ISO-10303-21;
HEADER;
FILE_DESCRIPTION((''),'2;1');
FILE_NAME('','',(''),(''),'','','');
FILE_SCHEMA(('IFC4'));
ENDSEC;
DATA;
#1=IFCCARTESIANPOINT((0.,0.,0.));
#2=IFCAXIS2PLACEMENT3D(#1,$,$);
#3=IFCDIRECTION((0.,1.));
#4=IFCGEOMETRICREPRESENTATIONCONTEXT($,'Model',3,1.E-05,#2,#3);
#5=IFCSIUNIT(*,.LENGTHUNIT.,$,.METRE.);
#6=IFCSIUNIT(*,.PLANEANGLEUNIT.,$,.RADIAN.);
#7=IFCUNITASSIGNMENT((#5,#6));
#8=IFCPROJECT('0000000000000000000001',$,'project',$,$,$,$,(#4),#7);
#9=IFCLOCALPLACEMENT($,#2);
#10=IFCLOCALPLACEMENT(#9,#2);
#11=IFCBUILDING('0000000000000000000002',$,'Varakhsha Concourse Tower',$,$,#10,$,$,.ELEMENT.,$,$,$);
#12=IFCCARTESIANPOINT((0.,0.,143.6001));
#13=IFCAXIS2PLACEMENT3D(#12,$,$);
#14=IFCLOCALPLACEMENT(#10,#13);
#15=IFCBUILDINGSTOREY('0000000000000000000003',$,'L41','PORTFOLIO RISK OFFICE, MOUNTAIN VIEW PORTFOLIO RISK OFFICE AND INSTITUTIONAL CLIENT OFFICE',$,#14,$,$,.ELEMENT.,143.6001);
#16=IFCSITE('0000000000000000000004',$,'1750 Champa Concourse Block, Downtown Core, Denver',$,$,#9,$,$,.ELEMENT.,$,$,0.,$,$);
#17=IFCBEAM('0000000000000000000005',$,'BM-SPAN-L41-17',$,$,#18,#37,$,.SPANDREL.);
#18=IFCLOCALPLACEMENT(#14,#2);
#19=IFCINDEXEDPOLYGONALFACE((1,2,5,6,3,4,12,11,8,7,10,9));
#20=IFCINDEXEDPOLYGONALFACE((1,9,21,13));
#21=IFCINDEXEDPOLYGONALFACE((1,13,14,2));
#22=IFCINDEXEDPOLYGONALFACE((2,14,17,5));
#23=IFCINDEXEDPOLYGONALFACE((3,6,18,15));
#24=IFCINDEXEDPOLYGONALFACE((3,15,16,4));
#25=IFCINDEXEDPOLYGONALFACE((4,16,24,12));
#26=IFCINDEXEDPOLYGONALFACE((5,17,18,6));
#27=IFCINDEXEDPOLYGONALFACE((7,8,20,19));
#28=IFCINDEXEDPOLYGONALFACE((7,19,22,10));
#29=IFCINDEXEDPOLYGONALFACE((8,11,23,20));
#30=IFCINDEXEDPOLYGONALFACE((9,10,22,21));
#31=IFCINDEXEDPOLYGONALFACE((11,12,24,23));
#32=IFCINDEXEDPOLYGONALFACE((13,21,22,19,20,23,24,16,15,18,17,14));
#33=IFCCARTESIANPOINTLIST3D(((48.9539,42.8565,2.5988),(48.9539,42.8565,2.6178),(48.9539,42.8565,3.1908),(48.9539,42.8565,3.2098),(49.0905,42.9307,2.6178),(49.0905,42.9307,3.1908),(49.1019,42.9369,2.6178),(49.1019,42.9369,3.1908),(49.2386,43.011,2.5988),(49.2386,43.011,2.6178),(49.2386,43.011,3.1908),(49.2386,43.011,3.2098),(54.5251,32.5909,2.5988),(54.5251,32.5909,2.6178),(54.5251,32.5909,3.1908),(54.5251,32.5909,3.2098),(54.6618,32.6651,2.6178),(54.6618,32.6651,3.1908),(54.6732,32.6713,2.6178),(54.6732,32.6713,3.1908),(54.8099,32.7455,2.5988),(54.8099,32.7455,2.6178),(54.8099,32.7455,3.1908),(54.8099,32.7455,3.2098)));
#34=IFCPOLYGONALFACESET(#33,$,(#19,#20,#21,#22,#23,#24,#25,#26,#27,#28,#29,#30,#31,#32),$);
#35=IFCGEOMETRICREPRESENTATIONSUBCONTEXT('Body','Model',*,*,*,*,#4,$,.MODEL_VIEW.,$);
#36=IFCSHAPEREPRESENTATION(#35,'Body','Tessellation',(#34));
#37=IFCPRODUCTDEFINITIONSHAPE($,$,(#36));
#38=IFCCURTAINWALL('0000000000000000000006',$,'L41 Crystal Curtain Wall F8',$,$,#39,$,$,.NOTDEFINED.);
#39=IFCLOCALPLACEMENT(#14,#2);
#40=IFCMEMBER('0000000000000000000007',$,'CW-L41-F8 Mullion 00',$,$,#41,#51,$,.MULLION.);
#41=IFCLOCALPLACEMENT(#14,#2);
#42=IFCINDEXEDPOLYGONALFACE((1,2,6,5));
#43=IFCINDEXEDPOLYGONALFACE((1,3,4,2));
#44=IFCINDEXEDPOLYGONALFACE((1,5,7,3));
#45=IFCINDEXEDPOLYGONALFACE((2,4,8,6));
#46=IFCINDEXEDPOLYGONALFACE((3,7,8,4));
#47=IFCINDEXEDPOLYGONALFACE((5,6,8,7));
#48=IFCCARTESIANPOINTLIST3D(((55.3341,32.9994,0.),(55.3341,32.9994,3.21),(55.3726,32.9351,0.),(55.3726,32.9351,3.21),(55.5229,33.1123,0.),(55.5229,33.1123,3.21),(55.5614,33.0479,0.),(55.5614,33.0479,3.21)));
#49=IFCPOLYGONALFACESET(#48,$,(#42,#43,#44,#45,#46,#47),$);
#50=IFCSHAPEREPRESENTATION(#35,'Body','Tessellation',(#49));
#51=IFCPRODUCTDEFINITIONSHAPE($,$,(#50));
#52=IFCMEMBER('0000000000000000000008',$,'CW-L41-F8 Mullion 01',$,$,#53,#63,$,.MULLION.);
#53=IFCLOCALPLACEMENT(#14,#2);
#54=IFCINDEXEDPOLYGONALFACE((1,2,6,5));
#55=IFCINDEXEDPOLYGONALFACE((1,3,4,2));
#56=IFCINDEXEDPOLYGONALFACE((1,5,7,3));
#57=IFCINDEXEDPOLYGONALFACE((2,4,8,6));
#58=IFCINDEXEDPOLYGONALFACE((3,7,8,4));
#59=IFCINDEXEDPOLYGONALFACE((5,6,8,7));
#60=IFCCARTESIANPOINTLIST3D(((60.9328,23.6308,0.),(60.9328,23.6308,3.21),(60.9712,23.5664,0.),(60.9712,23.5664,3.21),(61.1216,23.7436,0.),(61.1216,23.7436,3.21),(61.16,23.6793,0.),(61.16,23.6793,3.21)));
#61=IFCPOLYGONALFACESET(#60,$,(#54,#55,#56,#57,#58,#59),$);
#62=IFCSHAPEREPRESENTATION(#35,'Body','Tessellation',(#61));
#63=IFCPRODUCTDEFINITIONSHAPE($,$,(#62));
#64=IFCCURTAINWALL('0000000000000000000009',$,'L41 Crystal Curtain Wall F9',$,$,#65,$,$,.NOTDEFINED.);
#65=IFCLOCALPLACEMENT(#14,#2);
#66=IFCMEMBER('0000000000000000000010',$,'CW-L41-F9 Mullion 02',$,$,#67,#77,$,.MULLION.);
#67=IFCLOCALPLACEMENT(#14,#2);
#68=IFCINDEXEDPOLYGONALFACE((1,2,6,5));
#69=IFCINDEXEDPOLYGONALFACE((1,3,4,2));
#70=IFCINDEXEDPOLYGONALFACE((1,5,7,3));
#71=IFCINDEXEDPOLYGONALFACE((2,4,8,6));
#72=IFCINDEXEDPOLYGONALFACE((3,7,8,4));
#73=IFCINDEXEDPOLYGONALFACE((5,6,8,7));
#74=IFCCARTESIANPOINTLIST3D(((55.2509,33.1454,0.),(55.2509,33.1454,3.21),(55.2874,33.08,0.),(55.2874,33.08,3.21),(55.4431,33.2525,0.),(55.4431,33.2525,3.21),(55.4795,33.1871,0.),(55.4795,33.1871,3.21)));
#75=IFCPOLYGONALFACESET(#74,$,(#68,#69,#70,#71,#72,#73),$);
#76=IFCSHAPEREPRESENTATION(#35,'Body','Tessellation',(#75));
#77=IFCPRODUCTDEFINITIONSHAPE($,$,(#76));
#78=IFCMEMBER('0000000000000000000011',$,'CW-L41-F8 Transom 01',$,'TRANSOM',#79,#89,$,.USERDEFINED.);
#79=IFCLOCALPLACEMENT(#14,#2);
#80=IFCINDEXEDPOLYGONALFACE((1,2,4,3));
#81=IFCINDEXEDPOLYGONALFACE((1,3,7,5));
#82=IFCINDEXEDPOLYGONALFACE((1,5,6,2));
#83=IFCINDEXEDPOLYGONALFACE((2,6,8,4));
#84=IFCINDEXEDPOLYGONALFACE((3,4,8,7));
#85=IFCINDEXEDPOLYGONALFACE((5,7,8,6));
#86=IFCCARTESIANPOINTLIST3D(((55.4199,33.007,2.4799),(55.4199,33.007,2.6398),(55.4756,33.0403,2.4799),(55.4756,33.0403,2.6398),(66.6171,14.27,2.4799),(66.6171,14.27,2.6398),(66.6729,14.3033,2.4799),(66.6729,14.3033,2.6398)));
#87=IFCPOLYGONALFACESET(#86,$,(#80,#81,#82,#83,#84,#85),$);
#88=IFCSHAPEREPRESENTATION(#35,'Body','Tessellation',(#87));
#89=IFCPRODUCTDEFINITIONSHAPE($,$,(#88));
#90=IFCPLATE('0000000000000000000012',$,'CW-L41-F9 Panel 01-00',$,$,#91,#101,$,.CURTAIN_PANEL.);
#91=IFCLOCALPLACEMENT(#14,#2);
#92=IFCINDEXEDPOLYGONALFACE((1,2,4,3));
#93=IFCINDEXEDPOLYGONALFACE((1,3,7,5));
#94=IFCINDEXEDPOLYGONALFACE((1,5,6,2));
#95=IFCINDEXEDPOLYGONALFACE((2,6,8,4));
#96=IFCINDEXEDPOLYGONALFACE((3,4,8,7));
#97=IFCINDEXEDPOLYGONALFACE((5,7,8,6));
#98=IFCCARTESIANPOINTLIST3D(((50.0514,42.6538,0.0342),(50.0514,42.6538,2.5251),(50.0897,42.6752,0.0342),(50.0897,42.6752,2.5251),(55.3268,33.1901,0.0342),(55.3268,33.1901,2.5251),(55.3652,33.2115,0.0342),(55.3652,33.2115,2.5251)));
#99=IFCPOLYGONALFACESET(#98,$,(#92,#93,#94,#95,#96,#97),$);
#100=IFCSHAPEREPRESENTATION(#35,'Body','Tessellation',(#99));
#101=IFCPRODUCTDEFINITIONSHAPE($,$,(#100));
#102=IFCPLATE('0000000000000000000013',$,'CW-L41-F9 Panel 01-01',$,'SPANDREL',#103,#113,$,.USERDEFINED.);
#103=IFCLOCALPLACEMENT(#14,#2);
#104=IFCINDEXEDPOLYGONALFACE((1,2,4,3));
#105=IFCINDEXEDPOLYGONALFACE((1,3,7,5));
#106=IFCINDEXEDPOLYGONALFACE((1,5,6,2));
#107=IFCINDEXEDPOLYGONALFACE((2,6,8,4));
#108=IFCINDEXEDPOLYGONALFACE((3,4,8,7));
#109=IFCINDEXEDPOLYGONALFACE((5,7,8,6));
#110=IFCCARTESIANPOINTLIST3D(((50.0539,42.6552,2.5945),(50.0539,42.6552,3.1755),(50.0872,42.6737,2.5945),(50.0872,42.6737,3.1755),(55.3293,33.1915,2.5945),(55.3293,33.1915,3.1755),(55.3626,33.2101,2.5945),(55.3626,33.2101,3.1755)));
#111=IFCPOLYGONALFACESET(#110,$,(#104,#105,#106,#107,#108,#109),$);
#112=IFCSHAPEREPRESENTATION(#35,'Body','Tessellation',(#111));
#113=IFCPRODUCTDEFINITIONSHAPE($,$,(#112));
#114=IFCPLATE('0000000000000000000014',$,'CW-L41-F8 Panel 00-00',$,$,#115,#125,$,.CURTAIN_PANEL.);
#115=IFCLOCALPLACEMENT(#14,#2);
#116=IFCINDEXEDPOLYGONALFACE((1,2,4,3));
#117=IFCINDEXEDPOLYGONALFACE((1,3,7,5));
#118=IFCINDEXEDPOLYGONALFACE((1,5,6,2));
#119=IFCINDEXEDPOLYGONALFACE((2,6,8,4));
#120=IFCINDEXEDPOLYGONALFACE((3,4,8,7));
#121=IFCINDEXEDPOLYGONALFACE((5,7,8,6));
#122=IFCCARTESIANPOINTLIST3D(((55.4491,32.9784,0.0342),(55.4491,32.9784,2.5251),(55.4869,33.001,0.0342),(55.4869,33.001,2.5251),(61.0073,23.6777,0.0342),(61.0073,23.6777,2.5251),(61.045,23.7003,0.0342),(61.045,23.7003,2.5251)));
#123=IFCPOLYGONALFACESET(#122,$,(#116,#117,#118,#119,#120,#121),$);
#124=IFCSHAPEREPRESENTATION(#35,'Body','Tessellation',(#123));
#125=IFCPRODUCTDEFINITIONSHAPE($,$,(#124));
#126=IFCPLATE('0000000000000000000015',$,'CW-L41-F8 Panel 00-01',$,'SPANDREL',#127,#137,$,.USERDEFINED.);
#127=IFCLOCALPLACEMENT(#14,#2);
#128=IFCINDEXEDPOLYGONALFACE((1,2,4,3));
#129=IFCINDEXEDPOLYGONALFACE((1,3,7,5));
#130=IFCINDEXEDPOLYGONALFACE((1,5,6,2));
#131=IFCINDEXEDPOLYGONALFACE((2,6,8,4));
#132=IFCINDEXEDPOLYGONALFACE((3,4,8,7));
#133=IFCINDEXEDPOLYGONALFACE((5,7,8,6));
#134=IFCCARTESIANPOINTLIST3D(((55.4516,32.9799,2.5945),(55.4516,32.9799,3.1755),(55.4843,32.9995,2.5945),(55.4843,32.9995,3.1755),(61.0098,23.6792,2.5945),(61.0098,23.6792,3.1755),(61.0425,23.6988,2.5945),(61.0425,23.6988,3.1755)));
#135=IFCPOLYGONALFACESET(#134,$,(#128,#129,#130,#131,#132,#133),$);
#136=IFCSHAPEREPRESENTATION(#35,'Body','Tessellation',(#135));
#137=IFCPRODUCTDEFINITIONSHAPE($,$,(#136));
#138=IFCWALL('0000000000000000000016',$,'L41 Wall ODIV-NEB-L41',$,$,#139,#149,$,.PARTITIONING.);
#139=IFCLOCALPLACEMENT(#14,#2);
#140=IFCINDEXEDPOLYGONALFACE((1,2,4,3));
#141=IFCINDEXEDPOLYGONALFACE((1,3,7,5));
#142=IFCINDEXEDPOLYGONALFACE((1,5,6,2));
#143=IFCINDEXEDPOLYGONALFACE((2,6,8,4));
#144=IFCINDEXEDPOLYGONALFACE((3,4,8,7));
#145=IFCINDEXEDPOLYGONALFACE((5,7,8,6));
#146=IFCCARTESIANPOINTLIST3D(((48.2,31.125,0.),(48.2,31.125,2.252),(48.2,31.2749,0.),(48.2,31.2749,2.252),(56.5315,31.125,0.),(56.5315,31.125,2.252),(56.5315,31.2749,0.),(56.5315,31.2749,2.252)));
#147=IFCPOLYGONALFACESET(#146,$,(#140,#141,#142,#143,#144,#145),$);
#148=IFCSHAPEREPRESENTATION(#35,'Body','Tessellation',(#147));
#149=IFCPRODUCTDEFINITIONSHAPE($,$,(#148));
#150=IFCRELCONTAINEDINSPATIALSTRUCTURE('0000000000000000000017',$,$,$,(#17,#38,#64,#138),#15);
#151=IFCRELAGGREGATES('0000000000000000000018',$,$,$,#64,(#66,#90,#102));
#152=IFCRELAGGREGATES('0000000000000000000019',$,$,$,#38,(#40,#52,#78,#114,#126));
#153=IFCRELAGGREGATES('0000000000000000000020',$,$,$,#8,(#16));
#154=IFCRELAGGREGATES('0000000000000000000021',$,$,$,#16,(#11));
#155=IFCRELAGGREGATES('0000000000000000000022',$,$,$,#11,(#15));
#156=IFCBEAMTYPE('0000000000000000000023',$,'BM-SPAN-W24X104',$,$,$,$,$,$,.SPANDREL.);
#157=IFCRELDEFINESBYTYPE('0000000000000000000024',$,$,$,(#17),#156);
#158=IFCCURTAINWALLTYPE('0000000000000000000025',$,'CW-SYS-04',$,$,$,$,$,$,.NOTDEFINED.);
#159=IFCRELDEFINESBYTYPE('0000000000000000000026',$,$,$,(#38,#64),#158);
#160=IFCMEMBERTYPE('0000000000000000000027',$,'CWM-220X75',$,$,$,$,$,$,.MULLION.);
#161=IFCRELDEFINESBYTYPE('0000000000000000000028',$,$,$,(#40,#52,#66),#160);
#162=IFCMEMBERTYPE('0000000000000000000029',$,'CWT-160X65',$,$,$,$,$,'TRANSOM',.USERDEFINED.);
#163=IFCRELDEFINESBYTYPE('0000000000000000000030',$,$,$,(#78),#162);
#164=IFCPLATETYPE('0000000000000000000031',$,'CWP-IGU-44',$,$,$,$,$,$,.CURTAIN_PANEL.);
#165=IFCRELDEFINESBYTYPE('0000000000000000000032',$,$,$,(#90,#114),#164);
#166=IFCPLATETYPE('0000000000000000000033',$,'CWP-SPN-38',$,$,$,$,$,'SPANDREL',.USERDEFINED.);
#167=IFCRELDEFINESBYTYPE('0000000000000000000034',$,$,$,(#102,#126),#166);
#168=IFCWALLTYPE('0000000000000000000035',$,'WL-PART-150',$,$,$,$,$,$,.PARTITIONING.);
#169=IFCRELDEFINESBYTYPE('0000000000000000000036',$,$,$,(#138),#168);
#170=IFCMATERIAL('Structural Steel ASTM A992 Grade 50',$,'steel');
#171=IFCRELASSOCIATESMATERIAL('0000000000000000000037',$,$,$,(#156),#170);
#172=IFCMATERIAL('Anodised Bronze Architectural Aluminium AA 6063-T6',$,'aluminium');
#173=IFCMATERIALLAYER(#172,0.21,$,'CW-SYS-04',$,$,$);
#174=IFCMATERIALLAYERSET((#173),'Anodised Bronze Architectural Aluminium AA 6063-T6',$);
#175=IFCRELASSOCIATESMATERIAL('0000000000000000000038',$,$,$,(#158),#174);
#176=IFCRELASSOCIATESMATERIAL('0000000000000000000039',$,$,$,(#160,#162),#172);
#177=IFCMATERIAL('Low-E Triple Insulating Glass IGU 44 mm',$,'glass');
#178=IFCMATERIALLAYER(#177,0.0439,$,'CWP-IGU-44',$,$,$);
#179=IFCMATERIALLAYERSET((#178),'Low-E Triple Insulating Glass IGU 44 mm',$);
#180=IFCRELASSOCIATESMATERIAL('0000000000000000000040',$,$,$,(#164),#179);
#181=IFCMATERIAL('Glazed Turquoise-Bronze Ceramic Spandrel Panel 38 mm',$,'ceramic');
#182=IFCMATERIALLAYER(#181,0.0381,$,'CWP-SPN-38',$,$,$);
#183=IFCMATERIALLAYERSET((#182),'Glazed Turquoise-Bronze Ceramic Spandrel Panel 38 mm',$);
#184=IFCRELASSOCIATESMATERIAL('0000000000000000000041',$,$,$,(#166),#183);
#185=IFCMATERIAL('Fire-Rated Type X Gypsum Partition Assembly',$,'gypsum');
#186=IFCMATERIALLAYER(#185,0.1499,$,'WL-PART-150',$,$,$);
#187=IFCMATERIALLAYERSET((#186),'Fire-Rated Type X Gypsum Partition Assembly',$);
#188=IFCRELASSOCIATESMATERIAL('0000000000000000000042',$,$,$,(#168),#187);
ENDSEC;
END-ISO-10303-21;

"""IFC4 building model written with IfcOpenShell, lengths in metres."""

from ifc_helpers import new_model, si_unit, direction, frame, frame_2d, origin, origin_2d, place, context, subcontext, project, spatial, rectangle, i_section, extrude, source, transform, mapped, material, layer, layer_set, material_profile, profile_set, type_object, type_shapes, element, aggregate, save


model = new_model("IFC4")

# Units and contexts
model_context = context("Model", 3, precision=1e-05, world=origin(), true_north=direction((0.0, 1.0)))
body_context = subcontext(model_context, "Body", "Model", "MODEL_VIEW")
ifc_project = project(units=[si_unit("LENGTHUNIT", "METRE"), si_unit("PLANEANGLEUNIT", "RADIAN")], contexts=[model_context])

# Site, building, storey
site_placement = place(None, origin())
site = spatial("IfcSite", under=ifc_project, at=site_placement, Name="1750 Champa Concourse Block, Downtown Core, Denver", CompositionType="ELEMENT", RefElevation=0.0)
building_placement = place(site_placement, origin())
building = spatial("IfcBuilding", under=site, at=building_placement, Name="Varakhsha Concourse Tower", CompositionType="ELEMENT")
storey_placement = place(building_placement, frame((0.0, 0.0, 143.6001)))
storey = spatial("IfcBuildingStorey", under=building, at=storey_placement, Name="L41", Description="PORTFOLIO RISK OFFICE, MOUNTAIN VIEW PORTFOLIO RISK OFFICE AND INSTITUTIONAL CLIENT OFFICE", CompositionType="ELEMENT", Elevation=143.6001)

# Shared definitions
ifc_material_1 = material(Name="Structural Steel ASTM A992 Grade 50", Category="steel")

# Beam
ifc_material_profile_1 = material_profile(ifc_material_1, i_section(OverallWidth=0.324, OverallDepth=0.6111, WebThickness=0.0129, FlangeThickness=0.019, at=origin_2d()), Name="W24X104")
ifc_profile_set_1 = profile_set([ifc_material_profile_1], Name="Structural Steel ASTM A992 Grade 50")
beam_type_1 = type_object("IfcBeamType", Name="BM-SPAN-W24X104", PredefinedType="SPANDREL", material=ifc_profile_set_1)
beam_1_placement = place(storey_placement, frame((54.6675, 32.6682, 2.9043), z_axis=(-0.476994, 0.878907, 0.0), x_axis=(-0.878907, -0.476994, 0.0)))
element("IfcBeam", 1, at=beam_1_placement, inside=storey, type_object=beam_type_1, Name="BM-SPAN-L41-17", PredefinedType="SPANDREL", context=body_context, shape_type="SweptSolid", body=[
    extrude(i_section(OverallWidth=0.324, OverallDepth=0.6111, WebThickness=0.0129, FlangeThickness=0.019, at=origin_2d()), origin(), (0.0, 0.0, 1.0), 11.6799),
])

# Curtain wall, members
ifc_material_2 = material(Name="Anodised Bronze Architectural Aluminium AA 6063-T6", Category="aluminium")
ifc_layer_1 = layer(ifc_material_2, 0.21, Name="CW-SYS-04")
ifc_layer_set_1 = layer_set([ifc_layer_1], Name="Anodised Bronze Architectural Aluminium AA 6063-T6")
curtain_wall_type = type_object("IfcCurtainWallType", Name="CW-SYS-04", PredefinedType="NOTDEFINED", material=ifc_layer_set_1)
curtain_wall_1_placement = place(storey_placement, origin())
curtain_wall_1 = element("IfcCurtainWall", 2, at=curtain_wall_1_placement, inside=storey, type_object=curtain_wall_type, Name="L41 Crystal Curtain Wall F8", PredefinedType="NOTDEFINED")
ifc_material_profile_2 = material_profile(ifc_material_2, rectangle(XDim=0.075, YDim=0.22, at=origin_2d()), Name="CWM-220X75")
ifc_profile_set_2 = profile_set([ifc_material_profile_2], Name="Anodised Bronze Architectural Aluminium AA 6063-T6")
member_type_1 = type_object("IfcMemberType", Name="CWM-220X75", PredefinedType="MULLION", material=ifc_profile_set_2)
shared_shape_1 = source(origin(), body_context, "Body", "SweptSolid", [
    extrude(rectangle(XDim=0.075, YDim=0.22, at=origin_2d()), origin(), (0.0, 0.0, 1.0), 3.21),
])
type_shapes(member_type_1, [shared_shape_1])
member_1_placement = place(storey_placement, frame((55.4478, 33.0237, 0.0), z_axis=(0.0, 0.0, 1.0), x_axis=(0.512984, -0.858398, 0.0)))
member_1 = element("IfcMember", 3, at=member_1_placement, type_object=member_type_1, Name="CW-L41-F8 Mullion 00", PredefinedType="MULLION", context=body_context, shape_type="MappedRepresentation", body=[
    mapped(shared_shape_1, transform((0.0, 0.0, 0.0), scale=1.0)),
])
member_2_placement = place(storey_placement, frame((61.0464, 23.655, 0.0), z_axis=(0.0, 0.0, 1.0), x_axis=(0.512984, -0.858398, 0.0)))
member_2 = element("IfcMember", 4, at=member_2_placement, type_object=member_type_1, Name="CW-L41-F8 Mullion 01", PredefinedType="MULLION", context=body_context, shape_type="MappedRepresentation", body=[
    mapped(shared_shape_1, transform((0.0, 0.0, 0.0), scale=1.0)),
])

# Curtain wall, member
curtain_wall_2_placement = place(storey_placement, origin())
curtain_wall_2 = element("IfcCurtainWall", 5, at=curtain_wall_2_placement, inside=storey, type_object=curtain_wall_type, Name="L41 Crystal Curtain Wall F9", PredefinedType="NOTDEFINED")
member_3_placement = place(storey_placement, frame((55.3652, 33.1663, 0.0), z_axis=(0.0, 0.0, 1.0), x_axis=(0.4869, -0.873458, 0.0)))
member_3 = element("IfcMember", 6, at=member_3_placement, type_object=member_type_1, Name="CW-L41-F9 Mullion 02", PredefinedType="MULLION", context=body_context, shape_type="MappedRepresentation", body=[
    mapped(shared_shape_1, transform((0.0, 0.0, 0.0), scale=1.0)),
])

# Member
ifc_material_profile_3 = material_profile(ifc_material_2, rectangle(XDim=0.0649, YDim=0.1599, at=origin_2d()), Name="CWT-160X65")
ifc_profile_set_3 = profile_set([ifc_material_profile_3], Name="Anodised Bronze Architectural Aluminium AA 6063-T6")
member_type_2 = type_object("IfcMemberType", Name="CWT-160X65", ElementType="TRANSOM", PredefinedType="USERDEFINED", material=ifc_profile_set_3)
shared_shape_2 = source(origin(), body_context, "Body", "SweptSolid", [
    extrude(rectangle(XDim=0.0649, YDim=0.1599, at=origin_2d()), origin(), (0.0, 0.0, 1.0), 21.8279),
])
type_shapes(member_type_2, [shared_shape_2])
member_4_placement = place(storey_placement, frame((55.4478, 33.0237, 2.5598), z_axis=(0.51298, -0.858401, 0.0), x_axis=(0.858401, 0.51298, 0.0)))
member_4 = element("IfcMember", 7, at=member_4_placement, type_object=member_type_2, Name="CW-L41-F8 Transom 01", ObjectType="TRANSOM", PredefinedType="USERDEFINED", context=body_context, shape_type="MappedRepresentation", body=[
    mapped(shared_shape_2, transform((0.0, 0.0, 0.0), scale=1.0)),
])

# Plates
ifc_material_3 = material(Name="Low-E Triple Insulating Glass IGU 44 mm", Category="glass")
ifc_layer_2 = layer(ifc_material_3, 0.0439, Name="CWP-IGU-44")
ifc_layer_set_2 = layer_set([ifc_layer_2], Name="Low-E Triple Insulating Glass IGU 44 mm")
plate_type_1 = type_object("IfcPlateType", Name="CWP-IGU-44", PredefinedType="CURTAIN_PANEL", material=ifc_layer_set_2)
shared_shape_3 = source(origin(), body_context, "Body", "SweptSolid", [
    extrude(rectangle(XDim=10.8347, YDim=0.0439, at=origin_2d()), origin(), (0.0, 0.0, 1.0), 2.491),
])
plate_1_placement = place(storey_placement, frame((52.7083, 37.9326, 0.0342), z_axis=(0.0, 0.0, 1.0), x_axis=(0.4869, -0.873458, 0.0)))
plate_1 = element("IfcPlate", 8, at=plate_1_placement, type_object=plate_type_1, Name="CW-L41-F9 Panel 01-00", PredefinedType="CURTAIN_PANEL", context=body_context, shape_type="MappedRepresentation", body=[
    mapped(shared_shape_3, transform((0.0, 0.0, 0.0), scale=1.0)),
])
ifc_material_4 = material(Name="Glazed Turquoise-Bronze Ceramic Spandrel Panel 38 mm", Category="ceramic")
ifc_layer_3 = layer(ifc_material_4, 0.0381, Name="CWP-SPN-38")
ifc_layer_set_3 = layer_set([ifc_layer_3], Name="Glazed Turquoise-Bronze Ceramic Spandrel Panel 38 mm")
plate_type_2 = type_object("IfcPlateType", Name="CWP-SPN-38", ElementType="SPANDREL", PredefinedType="USERDEFINED", material=ifc_layer_set_3)
shared_shape_4 = source(origin(), body_context, "Body", "SweptSolid", [
    extrude(rectangle(XDim=10.8347, YDim=0.0381, at=origin_2d()), origin(), (0.0, 0.0, 1.0), 0.5811),
])
plate_2_placement = place(storey_placement, frame((52.7083, 37.9326, 2.5945), z_axis=(0.0, 0.0, 1.0), x_axis=(0.4869, -0.873458, 0.0)))
plate_2 = element("IfcPlate", 9, at=plate_2_placement, type_object=plate_type_2, Name="CW-L41-F9 Panel 01-01", ObjectType="SPANDREL", PredefinedType="USERDEFINED", context=body_context, shape_type="MappedRepresentation", body=[
    mapped(shared_shape_4, transform((0.0, 0.0, 0.0), scale=1.0)),
])
aggregate(curtain_wall_2, [member_3, plate_1, plate_2])
shared_shape_5 = source(origin(), body_context, "Body", "SweptSolid", [
    extrude(rectangle(XDim=10.835, YDim=0.0439, at=origin_2d()), origin(), (0.0, 0.0, 1.0), 2.491),
])
type_shapes(plate_type_1, [shared_shape_3, shared_shape_5])
plate_3_placement = place(storey_placement, frame((58.2471, 28.3394, 0.0342), z_axis=(0.0, 0.0, 1.0), x_axis=(0.512984, -0.858398, 0.0)))
plate_3 = element("IfcPlate", 10, at=plate_3_placement, type_object=plate_type_1, Name="CW-L41-F8 Panel 00-00", PredefinedType="CURTAIN_PANEL", context=body_context, shape_type="MappedRepresentation", body=[
    mapped(shared_shape_5, transform((0.0, 0.0, 0.0), scale=1.0)),
])
shared_shape_6 = source(origin(), body_context, "Body", "SweptSolid", [
    extrude(rectangle(XDim=10.835, YDim=0.0381, at=origin_2d()), origin(), (0.0, 0.0, 1.0), 0.5811),
])
type_shapes(plate_type_2, [shared_shape_4, shared_shape_6])
plate_4_placement = place(storey_placement, frame((58.2471, 28.3394, 2.5945), z_axis=(0.0, 0.0, 1.0), x_axis=(0.512984, -0.858398, 0.0)))
plate_4 = element("IfcPlate", 11, at=plate_4_placement, type_object=plate_type_2, Name="CW-L41-F8 Panel 00-01", ObjectType="SPANDREL", PredefinedType="USERDEFINED", context=body_context, shape_type="MappedRepresentation", body=[
    mapped(shared_shape_6, transform((0.0, 0.0, 0.0), scale=1.0)),
])
aggregate(curtain_wall_1, [member_1, member_2, member_4, plate_3, plate_4])

# Wall
ifc_material_5 = material(Name="Fire-Rated Type X Gypsum Partition Assembly", Category="gypsum")
ifc_layer_4 = layer(ifc_material_5, 0.1499, Name="WL-PART-150")
ifc_layer_set_4 = layer_set([ifc_layer_4], Name="Fire-Rated Type X Gypsum Partition Assembly")
wall_type_1 = type_object("IfcWallType", Name="WL-PART-150", PredefinedType="PARTITIONING", material=ifc_layer_set_4)
wall_1_placement = place(storey_placement, frame((48.2, 31.2, 0.0), z_axis=(0.0, 0.0, 1.0), x_axis=(1.0, 0.0, 0.0)))
element("IfcWall", 12, at=wall_1_placement, inside=storey, type_object=wall_type_1, Name="L41 Wall ODIV-NEB-L41", PredefinedType="PARTITIONING", context=body_context, shape_type="SweptSolid", body=[
    extrude(rectangle(XDim=8.3315, YDim=0.1499, at=frame_2d((4.1658, 0.0))), origin(), (0.0, 0.0, 1.0), 2.252),
])

save(model, "model.ifc")
